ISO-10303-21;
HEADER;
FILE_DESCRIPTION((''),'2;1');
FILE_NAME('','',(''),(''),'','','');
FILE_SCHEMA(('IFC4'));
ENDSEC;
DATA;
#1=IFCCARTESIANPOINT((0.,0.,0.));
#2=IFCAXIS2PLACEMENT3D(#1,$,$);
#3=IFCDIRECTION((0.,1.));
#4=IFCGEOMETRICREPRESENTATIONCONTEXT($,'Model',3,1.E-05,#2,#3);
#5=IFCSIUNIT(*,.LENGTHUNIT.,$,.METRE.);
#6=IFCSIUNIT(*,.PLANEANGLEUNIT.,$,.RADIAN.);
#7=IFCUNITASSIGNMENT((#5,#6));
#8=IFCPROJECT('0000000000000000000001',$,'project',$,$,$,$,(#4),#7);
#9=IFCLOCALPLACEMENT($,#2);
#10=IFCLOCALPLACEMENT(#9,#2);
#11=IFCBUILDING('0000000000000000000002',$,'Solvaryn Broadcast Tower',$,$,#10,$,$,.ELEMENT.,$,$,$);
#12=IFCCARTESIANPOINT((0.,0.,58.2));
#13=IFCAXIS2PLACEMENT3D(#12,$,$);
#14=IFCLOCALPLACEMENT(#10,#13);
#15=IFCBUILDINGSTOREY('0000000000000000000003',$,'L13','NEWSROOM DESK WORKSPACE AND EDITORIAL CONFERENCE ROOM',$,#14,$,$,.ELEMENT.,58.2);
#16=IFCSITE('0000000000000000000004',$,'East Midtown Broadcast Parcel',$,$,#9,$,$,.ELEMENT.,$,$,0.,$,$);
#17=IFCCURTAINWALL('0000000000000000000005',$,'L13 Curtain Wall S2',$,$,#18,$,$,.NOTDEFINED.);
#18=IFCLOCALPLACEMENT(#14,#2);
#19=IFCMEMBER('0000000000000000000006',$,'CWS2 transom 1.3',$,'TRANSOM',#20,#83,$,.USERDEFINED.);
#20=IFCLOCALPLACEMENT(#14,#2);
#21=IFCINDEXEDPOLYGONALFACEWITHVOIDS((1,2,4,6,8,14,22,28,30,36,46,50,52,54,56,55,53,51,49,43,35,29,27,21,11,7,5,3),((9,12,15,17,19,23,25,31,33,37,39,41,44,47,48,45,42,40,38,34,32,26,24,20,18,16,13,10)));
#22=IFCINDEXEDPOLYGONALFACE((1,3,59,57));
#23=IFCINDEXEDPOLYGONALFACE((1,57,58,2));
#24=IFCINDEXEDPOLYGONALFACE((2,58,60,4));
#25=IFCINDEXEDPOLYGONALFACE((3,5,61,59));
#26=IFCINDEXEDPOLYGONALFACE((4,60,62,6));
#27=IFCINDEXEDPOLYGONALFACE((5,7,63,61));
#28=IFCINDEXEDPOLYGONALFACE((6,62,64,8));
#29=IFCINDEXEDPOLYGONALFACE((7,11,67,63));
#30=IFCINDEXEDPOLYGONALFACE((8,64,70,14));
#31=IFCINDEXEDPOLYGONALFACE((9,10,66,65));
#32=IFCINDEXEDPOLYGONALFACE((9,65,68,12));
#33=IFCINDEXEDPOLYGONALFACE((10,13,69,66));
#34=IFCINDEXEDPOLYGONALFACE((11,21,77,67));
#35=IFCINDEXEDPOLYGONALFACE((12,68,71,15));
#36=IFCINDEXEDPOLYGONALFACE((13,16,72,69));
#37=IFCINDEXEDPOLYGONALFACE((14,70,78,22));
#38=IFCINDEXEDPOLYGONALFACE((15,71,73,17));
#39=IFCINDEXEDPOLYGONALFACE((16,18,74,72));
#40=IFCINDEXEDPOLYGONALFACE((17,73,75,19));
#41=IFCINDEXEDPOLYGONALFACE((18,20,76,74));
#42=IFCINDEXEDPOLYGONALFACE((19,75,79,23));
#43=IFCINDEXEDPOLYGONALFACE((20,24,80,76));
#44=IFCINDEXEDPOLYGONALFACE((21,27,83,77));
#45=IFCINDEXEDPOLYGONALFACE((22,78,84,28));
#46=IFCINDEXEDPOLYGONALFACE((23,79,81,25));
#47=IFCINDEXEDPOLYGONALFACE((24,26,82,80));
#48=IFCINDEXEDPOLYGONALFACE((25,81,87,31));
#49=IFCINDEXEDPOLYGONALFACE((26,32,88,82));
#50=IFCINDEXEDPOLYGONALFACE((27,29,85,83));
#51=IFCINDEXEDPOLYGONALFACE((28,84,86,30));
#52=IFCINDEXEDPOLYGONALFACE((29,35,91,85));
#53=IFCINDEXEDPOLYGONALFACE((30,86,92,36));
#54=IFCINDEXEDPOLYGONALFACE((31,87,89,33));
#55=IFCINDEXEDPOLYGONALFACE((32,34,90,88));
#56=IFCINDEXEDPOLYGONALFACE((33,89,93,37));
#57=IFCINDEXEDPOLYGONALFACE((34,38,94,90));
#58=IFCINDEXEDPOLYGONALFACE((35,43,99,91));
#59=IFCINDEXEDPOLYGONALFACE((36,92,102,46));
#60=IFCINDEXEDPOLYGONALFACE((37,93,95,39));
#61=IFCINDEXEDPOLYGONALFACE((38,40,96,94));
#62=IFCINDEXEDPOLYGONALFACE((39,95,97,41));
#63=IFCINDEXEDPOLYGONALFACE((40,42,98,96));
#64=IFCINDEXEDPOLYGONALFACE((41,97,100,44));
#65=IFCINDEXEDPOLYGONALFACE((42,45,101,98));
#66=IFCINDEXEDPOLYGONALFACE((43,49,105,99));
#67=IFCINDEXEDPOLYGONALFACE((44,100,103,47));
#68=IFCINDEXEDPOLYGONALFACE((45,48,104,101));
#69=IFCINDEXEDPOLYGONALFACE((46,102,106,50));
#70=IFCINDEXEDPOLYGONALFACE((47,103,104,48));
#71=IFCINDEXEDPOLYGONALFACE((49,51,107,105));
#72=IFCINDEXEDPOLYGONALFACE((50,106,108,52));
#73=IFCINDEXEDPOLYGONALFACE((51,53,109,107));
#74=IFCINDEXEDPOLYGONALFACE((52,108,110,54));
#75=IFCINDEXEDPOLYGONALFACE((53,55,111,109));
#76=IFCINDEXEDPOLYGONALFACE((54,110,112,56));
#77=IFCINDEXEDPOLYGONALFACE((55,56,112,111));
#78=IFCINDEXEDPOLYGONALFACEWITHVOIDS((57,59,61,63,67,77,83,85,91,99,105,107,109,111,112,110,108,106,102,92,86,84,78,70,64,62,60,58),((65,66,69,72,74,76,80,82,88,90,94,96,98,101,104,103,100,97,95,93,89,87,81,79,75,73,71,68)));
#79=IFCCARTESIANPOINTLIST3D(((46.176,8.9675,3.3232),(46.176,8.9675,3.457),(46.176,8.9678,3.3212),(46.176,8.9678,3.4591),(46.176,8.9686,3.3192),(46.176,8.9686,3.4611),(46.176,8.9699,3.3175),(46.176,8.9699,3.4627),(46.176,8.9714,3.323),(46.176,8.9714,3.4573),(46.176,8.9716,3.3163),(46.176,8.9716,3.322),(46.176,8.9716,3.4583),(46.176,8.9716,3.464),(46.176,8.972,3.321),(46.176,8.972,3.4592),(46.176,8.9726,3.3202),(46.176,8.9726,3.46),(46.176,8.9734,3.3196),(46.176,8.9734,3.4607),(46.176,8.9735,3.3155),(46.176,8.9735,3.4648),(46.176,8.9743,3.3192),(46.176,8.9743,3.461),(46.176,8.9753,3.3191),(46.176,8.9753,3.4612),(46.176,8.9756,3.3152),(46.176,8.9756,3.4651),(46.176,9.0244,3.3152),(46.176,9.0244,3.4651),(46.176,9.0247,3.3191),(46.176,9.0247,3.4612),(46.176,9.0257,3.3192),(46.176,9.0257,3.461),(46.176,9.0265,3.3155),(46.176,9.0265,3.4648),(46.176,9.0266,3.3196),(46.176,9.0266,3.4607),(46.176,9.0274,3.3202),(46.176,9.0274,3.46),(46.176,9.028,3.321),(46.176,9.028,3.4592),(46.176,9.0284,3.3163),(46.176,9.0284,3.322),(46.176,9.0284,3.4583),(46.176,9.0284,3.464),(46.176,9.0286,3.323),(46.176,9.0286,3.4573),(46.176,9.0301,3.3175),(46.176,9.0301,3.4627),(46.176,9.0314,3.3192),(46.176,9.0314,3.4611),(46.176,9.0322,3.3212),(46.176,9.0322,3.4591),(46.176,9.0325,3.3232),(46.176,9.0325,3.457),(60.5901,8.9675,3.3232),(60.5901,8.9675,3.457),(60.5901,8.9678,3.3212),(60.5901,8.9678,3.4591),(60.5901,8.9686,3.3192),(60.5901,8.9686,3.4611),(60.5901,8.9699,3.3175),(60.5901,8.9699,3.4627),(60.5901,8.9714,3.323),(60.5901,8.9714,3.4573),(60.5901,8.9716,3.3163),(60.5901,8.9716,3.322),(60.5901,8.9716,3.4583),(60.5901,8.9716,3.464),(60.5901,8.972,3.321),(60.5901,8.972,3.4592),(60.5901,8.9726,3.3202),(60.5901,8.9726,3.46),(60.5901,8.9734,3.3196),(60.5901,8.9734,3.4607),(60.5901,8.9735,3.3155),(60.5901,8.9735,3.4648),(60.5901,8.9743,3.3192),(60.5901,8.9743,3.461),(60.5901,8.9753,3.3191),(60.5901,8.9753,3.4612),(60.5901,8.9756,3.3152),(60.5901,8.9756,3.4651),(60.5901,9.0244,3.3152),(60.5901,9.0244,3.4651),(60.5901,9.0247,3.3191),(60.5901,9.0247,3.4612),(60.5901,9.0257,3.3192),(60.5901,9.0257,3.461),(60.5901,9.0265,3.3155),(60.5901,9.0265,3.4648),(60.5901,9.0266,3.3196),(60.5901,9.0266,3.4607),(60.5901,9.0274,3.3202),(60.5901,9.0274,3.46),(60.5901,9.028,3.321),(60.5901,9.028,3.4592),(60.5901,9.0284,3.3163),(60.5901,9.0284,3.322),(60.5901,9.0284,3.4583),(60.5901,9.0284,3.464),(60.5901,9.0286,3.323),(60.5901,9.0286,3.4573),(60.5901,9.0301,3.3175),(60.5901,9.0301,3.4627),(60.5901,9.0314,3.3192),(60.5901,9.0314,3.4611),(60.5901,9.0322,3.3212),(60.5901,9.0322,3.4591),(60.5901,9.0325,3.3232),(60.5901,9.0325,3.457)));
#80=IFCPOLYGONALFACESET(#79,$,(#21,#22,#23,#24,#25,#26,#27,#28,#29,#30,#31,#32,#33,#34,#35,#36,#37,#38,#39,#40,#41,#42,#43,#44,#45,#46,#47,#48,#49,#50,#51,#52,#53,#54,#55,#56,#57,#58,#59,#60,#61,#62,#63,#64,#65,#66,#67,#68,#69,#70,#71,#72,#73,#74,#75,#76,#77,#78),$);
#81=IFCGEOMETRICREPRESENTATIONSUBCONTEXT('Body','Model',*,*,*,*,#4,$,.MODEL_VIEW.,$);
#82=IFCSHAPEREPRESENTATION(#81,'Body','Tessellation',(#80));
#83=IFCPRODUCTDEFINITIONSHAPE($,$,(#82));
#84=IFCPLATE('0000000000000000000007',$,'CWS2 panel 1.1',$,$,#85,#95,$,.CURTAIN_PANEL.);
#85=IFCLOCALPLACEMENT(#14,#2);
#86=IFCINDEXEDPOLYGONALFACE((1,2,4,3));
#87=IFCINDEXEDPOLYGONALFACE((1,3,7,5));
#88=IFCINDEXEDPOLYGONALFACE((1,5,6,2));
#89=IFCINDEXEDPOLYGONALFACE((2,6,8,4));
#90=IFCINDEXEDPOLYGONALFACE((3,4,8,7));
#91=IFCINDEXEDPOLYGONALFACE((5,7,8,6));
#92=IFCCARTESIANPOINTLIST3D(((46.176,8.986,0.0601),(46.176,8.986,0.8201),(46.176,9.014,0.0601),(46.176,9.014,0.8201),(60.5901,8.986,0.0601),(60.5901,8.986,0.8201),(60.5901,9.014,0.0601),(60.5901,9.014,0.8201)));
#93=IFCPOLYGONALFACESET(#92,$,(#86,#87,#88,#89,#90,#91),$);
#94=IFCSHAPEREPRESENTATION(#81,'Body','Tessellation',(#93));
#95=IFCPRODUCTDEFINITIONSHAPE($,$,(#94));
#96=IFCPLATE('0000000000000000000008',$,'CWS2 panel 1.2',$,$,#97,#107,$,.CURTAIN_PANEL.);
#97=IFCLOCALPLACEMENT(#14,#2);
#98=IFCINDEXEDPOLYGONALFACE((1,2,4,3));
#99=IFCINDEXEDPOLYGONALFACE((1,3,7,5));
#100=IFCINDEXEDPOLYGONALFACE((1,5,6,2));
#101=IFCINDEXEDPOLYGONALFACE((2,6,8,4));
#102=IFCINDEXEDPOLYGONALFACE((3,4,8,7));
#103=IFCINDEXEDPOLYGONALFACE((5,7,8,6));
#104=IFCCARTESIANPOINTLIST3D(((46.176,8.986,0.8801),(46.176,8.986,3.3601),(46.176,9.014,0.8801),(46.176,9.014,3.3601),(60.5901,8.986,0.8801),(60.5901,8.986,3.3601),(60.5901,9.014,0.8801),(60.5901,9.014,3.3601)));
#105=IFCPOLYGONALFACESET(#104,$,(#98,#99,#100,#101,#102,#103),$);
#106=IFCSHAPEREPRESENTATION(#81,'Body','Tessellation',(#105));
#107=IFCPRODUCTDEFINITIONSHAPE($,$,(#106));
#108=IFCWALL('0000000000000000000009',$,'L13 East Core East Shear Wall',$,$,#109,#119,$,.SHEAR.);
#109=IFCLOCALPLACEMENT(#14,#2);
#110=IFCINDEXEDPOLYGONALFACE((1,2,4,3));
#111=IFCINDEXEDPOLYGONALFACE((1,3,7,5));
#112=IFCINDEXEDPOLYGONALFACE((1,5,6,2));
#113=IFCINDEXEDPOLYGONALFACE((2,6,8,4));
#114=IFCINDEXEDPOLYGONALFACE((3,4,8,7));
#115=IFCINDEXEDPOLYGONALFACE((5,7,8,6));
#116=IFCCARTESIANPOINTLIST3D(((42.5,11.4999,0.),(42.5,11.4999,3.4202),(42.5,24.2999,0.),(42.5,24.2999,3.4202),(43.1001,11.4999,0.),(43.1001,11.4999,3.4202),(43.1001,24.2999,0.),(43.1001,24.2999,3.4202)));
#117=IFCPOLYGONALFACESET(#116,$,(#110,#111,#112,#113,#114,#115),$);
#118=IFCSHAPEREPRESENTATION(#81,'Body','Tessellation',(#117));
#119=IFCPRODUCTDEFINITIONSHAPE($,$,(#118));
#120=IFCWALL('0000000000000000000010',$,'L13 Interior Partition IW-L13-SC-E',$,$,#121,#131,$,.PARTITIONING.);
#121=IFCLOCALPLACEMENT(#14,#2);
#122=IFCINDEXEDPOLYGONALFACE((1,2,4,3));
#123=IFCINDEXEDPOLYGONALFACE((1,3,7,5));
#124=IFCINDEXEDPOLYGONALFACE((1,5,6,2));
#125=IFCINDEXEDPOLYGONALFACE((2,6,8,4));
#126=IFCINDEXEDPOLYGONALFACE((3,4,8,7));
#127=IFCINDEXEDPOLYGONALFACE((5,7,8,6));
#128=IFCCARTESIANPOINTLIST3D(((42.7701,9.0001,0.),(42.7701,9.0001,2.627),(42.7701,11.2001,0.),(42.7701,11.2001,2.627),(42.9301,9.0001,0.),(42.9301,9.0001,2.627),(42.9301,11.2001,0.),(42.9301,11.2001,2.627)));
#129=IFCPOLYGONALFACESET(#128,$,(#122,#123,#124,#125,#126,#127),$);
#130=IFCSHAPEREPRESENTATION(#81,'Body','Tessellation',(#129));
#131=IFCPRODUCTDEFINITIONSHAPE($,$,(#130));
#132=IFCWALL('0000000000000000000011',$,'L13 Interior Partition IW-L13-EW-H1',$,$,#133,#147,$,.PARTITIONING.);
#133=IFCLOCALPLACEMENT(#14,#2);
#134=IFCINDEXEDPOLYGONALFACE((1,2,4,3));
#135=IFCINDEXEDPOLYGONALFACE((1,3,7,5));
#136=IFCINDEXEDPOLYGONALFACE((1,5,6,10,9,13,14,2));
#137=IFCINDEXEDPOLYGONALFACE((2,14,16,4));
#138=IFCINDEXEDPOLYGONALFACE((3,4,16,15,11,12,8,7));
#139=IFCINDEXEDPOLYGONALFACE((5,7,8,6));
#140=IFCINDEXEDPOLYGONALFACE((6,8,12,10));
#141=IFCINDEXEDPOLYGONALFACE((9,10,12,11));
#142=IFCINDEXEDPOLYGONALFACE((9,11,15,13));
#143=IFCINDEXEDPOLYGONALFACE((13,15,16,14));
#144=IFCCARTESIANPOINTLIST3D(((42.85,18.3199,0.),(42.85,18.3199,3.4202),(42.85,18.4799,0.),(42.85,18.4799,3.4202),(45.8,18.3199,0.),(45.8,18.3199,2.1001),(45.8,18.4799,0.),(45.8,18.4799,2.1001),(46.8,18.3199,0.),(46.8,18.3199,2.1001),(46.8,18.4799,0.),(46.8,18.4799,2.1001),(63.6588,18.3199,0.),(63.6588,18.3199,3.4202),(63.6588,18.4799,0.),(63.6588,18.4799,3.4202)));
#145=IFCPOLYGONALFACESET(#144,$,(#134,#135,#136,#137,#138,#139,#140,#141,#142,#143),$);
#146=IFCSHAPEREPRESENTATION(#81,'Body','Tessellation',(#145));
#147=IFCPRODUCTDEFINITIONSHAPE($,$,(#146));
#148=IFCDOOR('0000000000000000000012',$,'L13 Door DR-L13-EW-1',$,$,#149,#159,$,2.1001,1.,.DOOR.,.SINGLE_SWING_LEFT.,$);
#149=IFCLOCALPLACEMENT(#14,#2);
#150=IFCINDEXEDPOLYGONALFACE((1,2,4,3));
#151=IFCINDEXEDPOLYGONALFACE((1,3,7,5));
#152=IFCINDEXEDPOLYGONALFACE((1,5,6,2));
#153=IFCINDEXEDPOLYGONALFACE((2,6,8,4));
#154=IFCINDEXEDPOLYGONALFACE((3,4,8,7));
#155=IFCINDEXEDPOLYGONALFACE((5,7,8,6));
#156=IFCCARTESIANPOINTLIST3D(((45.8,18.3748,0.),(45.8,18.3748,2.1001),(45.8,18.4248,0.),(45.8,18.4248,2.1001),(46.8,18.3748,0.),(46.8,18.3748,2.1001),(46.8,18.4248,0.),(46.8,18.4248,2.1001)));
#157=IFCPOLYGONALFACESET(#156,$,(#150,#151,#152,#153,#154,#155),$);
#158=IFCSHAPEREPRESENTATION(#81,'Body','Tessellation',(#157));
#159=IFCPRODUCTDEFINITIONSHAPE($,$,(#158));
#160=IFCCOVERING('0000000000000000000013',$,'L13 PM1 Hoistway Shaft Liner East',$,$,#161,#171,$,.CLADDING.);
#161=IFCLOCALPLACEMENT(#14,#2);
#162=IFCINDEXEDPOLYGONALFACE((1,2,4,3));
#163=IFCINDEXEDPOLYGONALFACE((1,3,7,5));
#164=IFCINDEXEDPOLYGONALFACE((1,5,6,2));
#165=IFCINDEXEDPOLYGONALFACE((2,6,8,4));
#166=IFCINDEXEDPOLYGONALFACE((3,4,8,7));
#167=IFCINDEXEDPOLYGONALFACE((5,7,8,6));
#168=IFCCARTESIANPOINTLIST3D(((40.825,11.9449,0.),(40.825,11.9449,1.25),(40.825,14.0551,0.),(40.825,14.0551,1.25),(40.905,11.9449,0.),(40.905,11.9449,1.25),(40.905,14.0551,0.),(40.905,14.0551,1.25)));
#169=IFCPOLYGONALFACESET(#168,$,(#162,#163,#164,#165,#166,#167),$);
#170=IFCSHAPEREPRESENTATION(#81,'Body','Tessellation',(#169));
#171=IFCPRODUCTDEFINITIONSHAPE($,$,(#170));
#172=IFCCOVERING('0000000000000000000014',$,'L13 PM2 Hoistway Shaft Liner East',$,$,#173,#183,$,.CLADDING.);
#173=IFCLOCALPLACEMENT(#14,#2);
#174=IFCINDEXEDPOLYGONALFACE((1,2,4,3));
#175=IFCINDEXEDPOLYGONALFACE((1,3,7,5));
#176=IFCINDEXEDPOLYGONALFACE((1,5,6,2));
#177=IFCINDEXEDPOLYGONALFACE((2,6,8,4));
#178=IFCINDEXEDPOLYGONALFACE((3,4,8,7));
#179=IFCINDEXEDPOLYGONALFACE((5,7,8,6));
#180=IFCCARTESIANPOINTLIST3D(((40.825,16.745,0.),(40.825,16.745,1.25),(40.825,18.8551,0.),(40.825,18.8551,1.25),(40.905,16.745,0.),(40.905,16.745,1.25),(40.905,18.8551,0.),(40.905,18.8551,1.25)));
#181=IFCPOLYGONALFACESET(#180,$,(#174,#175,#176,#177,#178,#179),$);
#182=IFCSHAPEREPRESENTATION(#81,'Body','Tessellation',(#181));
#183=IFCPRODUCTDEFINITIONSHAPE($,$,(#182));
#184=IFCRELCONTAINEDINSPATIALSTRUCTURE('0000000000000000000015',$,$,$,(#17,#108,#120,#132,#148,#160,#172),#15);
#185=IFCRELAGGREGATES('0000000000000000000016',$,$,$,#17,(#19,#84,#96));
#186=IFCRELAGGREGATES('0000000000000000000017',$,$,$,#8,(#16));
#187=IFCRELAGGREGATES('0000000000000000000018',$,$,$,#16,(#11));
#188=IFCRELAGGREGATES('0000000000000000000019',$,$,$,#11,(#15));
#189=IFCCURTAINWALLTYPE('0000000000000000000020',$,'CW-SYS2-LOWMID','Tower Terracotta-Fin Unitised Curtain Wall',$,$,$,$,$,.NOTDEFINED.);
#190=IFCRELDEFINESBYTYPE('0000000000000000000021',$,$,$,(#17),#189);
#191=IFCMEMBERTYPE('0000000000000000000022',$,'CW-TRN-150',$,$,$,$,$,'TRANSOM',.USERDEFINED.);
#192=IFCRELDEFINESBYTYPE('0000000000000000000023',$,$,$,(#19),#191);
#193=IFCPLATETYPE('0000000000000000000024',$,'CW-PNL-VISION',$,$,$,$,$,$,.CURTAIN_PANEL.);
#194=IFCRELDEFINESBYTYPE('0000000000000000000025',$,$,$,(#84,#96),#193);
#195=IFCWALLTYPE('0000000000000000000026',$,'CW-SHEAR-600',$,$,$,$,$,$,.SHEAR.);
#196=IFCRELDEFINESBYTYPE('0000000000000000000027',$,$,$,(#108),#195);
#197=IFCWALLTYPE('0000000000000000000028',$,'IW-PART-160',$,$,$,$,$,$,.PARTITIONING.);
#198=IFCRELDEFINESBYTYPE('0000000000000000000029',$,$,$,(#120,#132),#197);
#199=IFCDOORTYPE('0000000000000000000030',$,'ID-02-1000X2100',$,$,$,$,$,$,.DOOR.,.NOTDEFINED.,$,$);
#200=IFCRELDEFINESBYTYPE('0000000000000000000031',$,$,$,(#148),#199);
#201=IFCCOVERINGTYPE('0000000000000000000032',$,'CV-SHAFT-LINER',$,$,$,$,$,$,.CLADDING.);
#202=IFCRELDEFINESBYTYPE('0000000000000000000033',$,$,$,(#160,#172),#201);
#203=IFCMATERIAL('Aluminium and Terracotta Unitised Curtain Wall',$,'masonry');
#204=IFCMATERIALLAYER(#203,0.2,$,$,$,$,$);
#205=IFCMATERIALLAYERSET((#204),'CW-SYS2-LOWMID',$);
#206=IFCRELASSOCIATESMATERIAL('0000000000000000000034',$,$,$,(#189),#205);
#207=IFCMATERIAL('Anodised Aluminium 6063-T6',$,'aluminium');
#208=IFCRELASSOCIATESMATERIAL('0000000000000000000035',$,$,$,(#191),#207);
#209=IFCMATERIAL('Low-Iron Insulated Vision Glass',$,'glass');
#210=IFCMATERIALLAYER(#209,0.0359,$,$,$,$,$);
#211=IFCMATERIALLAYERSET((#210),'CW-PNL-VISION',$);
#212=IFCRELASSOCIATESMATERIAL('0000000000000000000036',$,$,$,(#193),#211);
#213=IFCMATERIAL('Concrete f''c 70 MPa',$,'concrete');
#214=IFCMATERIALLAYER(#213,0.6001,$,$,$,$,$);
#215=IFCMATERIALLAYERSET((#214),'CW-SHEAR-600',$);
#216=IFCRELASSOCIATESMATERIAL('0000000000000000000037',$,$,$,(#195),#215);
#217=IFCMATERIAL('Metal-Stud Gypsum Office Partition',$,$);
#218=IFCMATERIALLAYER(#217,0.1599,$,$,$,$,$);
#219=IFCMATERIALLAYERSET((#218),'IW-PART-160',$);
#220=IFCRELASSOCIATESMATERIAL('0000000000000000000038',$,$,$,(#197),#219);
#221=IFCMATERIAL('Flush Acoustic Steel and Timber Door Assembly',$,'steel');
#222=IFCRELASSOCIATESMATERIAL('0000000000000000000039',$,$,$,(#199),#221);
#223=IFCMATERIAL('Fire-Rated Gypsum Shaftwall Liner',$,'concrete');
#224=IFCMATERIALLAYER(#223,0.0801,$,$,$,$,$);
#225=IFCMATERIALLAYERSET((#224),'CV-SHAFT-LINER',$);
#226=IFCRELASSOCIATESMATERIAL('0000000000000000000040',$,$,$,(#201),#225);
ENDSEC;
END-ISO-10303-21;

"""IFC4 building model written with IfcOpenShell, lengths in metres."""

from ifc_helpers import new_model, si_unit, direction, frame, frame_2d, origin, origin_2d, place, context, subcontext, project, spatial, rectangle, hollow_rectangle, extrude, material, layer, layer_set, material_profile, profile_set, type_object, element, fill, aggregate, save


model = new_model("IFC4")

# Units and contexts
model_context = context("Model", 3, precision=1e-05, world=origin(), true_north=direction((0.0, 1.0)))
body_context = subcontext(model_context, "Body", "Model", "MODEL_VIEW")
ifc_project = project(units=[si_unit("LENGTHUNIT", "METRE"), si_unit("PLANEANGLEUNIT", "RADIAN")], contexts=[model_context])

# Site, building, storey
site_placement = place(None, origin())
site = spatial("IfcSite", under=ifc_project, at=site_placement, Name="East Midtown Broadcast Parcel", CompositionType="ELEMENT", RefElevation=0.0)
building_placement = place(site_placement, origin())
building = spatial("IfcBuilding", under=site, at=building_placement, Name="Solvaryn Broadcast Tower", CompositionType="ELEMENT")
storey_placement = place(building_placement, frame((0.0, 0.0, 58.2)))
storey = spatial("IfcBuildingStorey", under=building, at=storey_placement, Name="L13", Description="NEWSROOM DESK WORKSPACE AND EDITORIAL CONFERENCE ROOM", CompositionType="ELEMENT", Elevation=58.2)

# Shared definitions
ifc_material_1 = material(Name="Aluminium and Terracotta Unitised Curtain Wall", Category="masonry")
ifc_layer_1 = layer(ifc_material_1, 0.2)
ifc_layer_set_1 = layer_set([ifc_layer_1], Name="CW-SYS2-LOWMID")
curtain_wall_type = type_object("IfcCurtainWallType", Name="CW-SYS2-LOWMID", Description="Tower Terracotta-Fin Unitised Curtain Wall", PredefinedType="NOTDEFINED", material=ifc_layer_set_1)

# Curtain wall, member, plates
curtain_wall_1_placement = place(storey_placement, origin())
curtain_wall_1 = element("IfcCurtainWall", 1, at=curtain_wall_1_placement, inside=storey, type_object=curtain_wall_type, Name="L13 Curtain Wall S2", PredefinedType="NOTDEFINED")
ifc_material_2 = material(Name="Anodised Aluminium 6063-T6", Category="aluminium")
ifc_material_profile_1 = material_profile(ifc_material_2, hollow_rectangle(XDim=0.0649, YDim=0.1499, WallThickness=0.0039, InnerFilletRadius=0.0039, OuterFilletRadius=0.0081, at=origin_2d()))
ifc_profile_set_1 = profile_set([ifc_material_profile_1], Name="Anodised Aluminium 6063-T6")
member_type_1 = type_object("IfcMemberType", Name="CW-TRN-150", ElementType="TRANSOM", PredefinedType="USERDEFINED", material=ifc_profile_set_1)
member_1_placement = place(storey_placement, frame((46.176, 9.0, 3.3901), z_axis=(1.0, 0.0, 0.0), x_axis=(0.0, 1.0, 0.0)))
member_1 = element("IfcMember", 2, at=member_1_placement, type_object=member_type_1, Name="CWS2 transom 1.3", ObjectType="TRANSOM", PredefinedType="USERDEFINED", context=body_context, shape_type="SweptSolid", body=[
    extrude(hollow_rectangle(XDim=0.0649, YDim=0.1499, WallThickness=0.0039, InnerFilletRadius=0.0039, OuterFilletRadius=0.0081, at=origin_2d()), origin(), (0.0, 0.0, 1.0), 14.4141),
])
ifc_material_3 = material(Name="Low-Iron Insulated Vision Glass", Category="glass")
ifc_layer_2 = layer(ifc_material_3, 0.0359)
ifc_layer_set_2 = layer_set([ifc_layer_2], Name="CW-PNL-VISION")
plate_type = type_object("IfcPlateType", Name="CW-PNL-VISION", PredefinedType="CURTAIN_PANEL", material=ifc_layer_set_2)
plate_1_placement = place(storey_placement, frame((53.3831, 9.0, 0.0601), z_axis=(0.0, 0.0, 1.0), x_axis=(1.0, 0.0, 0.0)))
plate_1 = element("IfcPlate", 3, at=plate_1_placement, type_object=plate_type, Name="CWS2 panel 1.1", PredefinedType="CURTAIN_PANEL", context=body_context, shape_type="SweptSolid", body=[
    extrude(rectangle(XDim=14.4141, YDim=0.0281, at=origin_2d()), origin(), (0.0, 0.0, 1.0), 0.76),
])
plate_2_placement = place(storey_placement, frame((53.3831, 9.0, 0.8801), z_axis=(0.0, 0.0, 1.0), x_axis=(1.0, 0.0, 0.0)))
plate_2 = element("IfcPlate", 4, at=plate_2_placement, type_object=plate_type, Name="CWS2 panel 1.2", PredefinedType="CURTAIN_PANEL", context=body_context, shape_type="SweptSolid", body=[
    extrude(rectangle(XDim=14.4141, YDim=0.0281, at=origin_2d()), origin(), (0.0, 0.0, 1.0), 2.48),
])
aggregate(curtain_wall_1, [member_1, plate_1, plate_2])

# Walls
ifc_material_4 = material(Name="Concrete f'c 70 MPa", Category="concrete")
ifc_layer_3 = layer(ifc_material_4, 0.6001)
ifc_layer_set_3 = layer_set([ifc_layer_3], Name="CW-SHEAR-600")
wall_type_1 = type_object("IfcWallType", Name="CW-SHEAR-600", PredefinedType="SHEAR", material=ifc_layer_set_3)
wall_1_placement = place(storey_placement, frame((42.8, 11.5, 0.0), z_axis=(0.0, 0.0, 1.0), x_axis=(0.0, 1.0, 0.0)))
element("IfcWall", 5, at=wall_1_placement, inside=storey, type_object=wall_type_1, Name="L13 East Core East Shear Wall", PredefinedType="SHEAR", context=body_context, shape_type="SweptSolid", body=[
    extrude(rectangle(XDim=12.8, YDim=0.6001, at=frame_2d((6.3999, 0.0))), origin(), (0.0, 0.0, 1.0), 3.4202),
])
ifc_material_5 = material(Name="Metal-Stud Gypsum Office Partition")
ifc_layer_4 = layer(ifc_material_5, 0.1599)
ifc_layer_set_4 = layer_set([ifc_layer_4], Name="IW-PART-160")
wall_type_2 = type_object("IfcWallType", Name="IW-PART-160", PredefinedType="PARTITIONING", material=ifc_layer_set_4)
wall_2_placement = place(storey_placement, frame((42.8501, 9.0, 0.0), z_axis=(0.0, 0.0, 1.0), x_axis=(0.0, 1.0, 0.0)))
element("IfcWall", 6, at=wall_2_placement, inside=storey, type_object=wall_type_2, Name="L13 Interior Partition IW-L13-SC-E", PredefinedType="PARTITIONING", context=body_context, shape_type="SweptSolid", body=[
    extrude(rectangle(XDim=2.2, YDim=0.1599, at=frame_2d((1.1001, 0.0))), origin(), (0.0, 0.0, 1.0), 2.627),
])

# Wall, opening, door
wall_3_placement = place(storey_placement, frame((42.8501, 18.3999, 0.0), z_axis=(0.0, 0.0, 1.0), x_axis=(1.0, 0.0, 0.0)))
wall_3 = element("IfcWall", 7, at=wall_3_placement, inside=storey, type_object=wall_type_2, Name="L13 Interior Partition IW-L13-EW-H1", PredefinedType="PARTITIONING", context=body_context, shape_type="SweptSolid", body=[
    extrude(rectangle(XDim=20.8088, YDim=0.1599, at=frame_2d((10.4043, 0.0))), origin(), (0.0, 0.0, 1.0), 3.4202),
])
opening_1_placement = place(wall_3_placement, frame((2.95, 0.0, 0.0)))
opening_1 = element("IfcOpeningElement", 8, at=opening_1_placement, cuts=wall_3, PredefinedType="OPENING", context=body_context, shape_type="SweptSolid", body=[
    extrude(rectangle(XDim=1.0, YDim=2.1001, at=frame_2d((0.5, 1.05))), frame((0.0, 0.0901, 0.0), z_axis=(0.0, -1.0, 0.0), x_axis=(1.0, 0.0, 0.0)), (0.0, 0.0, 1.0), 0.1799),
])
ifc_material_6 = material(Name="Flush Acoustic Steel and Timber Door Assembly", Category="steel")
door_type_1 = type_object("IfcDoorType", Name="ID-02-1000X2100", OperationType="NOTDEFINED", PredefinedType="DOOR", material=ifc_material_6)
door_1_placement = place(opening_1_placement, origin())
door_1 = element("IfcDoor", 9, at=door_1_placement, inside=storey, type_object=door_type_1, Name="L13 Door DR-L13-EW-1", OperationType="SINGLE_SWING_LEFT", OverallHeight=2.1001, OverallWidth=1.0, PredefinedType="DOOR", context=body_context, shape_type="SweptSolid", body=[
    extrude(rectangle(XDim=1.0, YDim=2.1001, at=frame_2d((0.5, 1.05))), frame((0.0, 0.0249, 0.0), z_axis=(0.0, -1.0, 0.0), x_axis=(1.0, 0.0, 0.0)), (0.0, 0.0, 1.0), 0.05),
])
fill(opening_1, door_1)

# Coverings
ifc_material_7 = material(Name="Fire-Rated Gypsum Shaftwall Liner", Category="concrete")
ifc_layer_5 = layer(ifc_material_7, 0.0801)
ifc_layer_set_5 = layer_set([ifc_layer_5], Name="CV-SHAFT-LINER")
covering_type_1 = type_object("IfcCoveringType", Name="CV-SHAFT-LINER", PredefinedType="CLADDING", material=ifc_layer_set_5)
for number, where, z_axis, x_axis, name in (
    (10, (40.865, 13.0, 0.0), (0.0, 0.0, 1.0), (1.0, 0.0, 0.0), "L13 PM1 Hoistway Shaft Liner East"),
    (11, (40.865, 17.8, 0.0), (0.0, 0.0, 1.0), (1.0, 0.0, 0.0), "L13 PM2 Hoistway Shaft Liner East"),
):
    element("IfcCovering", number, at=place(storey_placement, frame(where, z_axis=z_axis, x_axis=x_axis)), inside=storey, type_object=covering_type_1, Name=name, PredefinedType="CLADDING", context=body_context, shape_type="SweptSolid", body=[
        extrude(rectangle(XDim=0.0801, YDim=2.1101, at=origin_2d()), origin(), (0.0, 0.0, 1.0), 1.25),
    ])

save(model, "model.ifc")
